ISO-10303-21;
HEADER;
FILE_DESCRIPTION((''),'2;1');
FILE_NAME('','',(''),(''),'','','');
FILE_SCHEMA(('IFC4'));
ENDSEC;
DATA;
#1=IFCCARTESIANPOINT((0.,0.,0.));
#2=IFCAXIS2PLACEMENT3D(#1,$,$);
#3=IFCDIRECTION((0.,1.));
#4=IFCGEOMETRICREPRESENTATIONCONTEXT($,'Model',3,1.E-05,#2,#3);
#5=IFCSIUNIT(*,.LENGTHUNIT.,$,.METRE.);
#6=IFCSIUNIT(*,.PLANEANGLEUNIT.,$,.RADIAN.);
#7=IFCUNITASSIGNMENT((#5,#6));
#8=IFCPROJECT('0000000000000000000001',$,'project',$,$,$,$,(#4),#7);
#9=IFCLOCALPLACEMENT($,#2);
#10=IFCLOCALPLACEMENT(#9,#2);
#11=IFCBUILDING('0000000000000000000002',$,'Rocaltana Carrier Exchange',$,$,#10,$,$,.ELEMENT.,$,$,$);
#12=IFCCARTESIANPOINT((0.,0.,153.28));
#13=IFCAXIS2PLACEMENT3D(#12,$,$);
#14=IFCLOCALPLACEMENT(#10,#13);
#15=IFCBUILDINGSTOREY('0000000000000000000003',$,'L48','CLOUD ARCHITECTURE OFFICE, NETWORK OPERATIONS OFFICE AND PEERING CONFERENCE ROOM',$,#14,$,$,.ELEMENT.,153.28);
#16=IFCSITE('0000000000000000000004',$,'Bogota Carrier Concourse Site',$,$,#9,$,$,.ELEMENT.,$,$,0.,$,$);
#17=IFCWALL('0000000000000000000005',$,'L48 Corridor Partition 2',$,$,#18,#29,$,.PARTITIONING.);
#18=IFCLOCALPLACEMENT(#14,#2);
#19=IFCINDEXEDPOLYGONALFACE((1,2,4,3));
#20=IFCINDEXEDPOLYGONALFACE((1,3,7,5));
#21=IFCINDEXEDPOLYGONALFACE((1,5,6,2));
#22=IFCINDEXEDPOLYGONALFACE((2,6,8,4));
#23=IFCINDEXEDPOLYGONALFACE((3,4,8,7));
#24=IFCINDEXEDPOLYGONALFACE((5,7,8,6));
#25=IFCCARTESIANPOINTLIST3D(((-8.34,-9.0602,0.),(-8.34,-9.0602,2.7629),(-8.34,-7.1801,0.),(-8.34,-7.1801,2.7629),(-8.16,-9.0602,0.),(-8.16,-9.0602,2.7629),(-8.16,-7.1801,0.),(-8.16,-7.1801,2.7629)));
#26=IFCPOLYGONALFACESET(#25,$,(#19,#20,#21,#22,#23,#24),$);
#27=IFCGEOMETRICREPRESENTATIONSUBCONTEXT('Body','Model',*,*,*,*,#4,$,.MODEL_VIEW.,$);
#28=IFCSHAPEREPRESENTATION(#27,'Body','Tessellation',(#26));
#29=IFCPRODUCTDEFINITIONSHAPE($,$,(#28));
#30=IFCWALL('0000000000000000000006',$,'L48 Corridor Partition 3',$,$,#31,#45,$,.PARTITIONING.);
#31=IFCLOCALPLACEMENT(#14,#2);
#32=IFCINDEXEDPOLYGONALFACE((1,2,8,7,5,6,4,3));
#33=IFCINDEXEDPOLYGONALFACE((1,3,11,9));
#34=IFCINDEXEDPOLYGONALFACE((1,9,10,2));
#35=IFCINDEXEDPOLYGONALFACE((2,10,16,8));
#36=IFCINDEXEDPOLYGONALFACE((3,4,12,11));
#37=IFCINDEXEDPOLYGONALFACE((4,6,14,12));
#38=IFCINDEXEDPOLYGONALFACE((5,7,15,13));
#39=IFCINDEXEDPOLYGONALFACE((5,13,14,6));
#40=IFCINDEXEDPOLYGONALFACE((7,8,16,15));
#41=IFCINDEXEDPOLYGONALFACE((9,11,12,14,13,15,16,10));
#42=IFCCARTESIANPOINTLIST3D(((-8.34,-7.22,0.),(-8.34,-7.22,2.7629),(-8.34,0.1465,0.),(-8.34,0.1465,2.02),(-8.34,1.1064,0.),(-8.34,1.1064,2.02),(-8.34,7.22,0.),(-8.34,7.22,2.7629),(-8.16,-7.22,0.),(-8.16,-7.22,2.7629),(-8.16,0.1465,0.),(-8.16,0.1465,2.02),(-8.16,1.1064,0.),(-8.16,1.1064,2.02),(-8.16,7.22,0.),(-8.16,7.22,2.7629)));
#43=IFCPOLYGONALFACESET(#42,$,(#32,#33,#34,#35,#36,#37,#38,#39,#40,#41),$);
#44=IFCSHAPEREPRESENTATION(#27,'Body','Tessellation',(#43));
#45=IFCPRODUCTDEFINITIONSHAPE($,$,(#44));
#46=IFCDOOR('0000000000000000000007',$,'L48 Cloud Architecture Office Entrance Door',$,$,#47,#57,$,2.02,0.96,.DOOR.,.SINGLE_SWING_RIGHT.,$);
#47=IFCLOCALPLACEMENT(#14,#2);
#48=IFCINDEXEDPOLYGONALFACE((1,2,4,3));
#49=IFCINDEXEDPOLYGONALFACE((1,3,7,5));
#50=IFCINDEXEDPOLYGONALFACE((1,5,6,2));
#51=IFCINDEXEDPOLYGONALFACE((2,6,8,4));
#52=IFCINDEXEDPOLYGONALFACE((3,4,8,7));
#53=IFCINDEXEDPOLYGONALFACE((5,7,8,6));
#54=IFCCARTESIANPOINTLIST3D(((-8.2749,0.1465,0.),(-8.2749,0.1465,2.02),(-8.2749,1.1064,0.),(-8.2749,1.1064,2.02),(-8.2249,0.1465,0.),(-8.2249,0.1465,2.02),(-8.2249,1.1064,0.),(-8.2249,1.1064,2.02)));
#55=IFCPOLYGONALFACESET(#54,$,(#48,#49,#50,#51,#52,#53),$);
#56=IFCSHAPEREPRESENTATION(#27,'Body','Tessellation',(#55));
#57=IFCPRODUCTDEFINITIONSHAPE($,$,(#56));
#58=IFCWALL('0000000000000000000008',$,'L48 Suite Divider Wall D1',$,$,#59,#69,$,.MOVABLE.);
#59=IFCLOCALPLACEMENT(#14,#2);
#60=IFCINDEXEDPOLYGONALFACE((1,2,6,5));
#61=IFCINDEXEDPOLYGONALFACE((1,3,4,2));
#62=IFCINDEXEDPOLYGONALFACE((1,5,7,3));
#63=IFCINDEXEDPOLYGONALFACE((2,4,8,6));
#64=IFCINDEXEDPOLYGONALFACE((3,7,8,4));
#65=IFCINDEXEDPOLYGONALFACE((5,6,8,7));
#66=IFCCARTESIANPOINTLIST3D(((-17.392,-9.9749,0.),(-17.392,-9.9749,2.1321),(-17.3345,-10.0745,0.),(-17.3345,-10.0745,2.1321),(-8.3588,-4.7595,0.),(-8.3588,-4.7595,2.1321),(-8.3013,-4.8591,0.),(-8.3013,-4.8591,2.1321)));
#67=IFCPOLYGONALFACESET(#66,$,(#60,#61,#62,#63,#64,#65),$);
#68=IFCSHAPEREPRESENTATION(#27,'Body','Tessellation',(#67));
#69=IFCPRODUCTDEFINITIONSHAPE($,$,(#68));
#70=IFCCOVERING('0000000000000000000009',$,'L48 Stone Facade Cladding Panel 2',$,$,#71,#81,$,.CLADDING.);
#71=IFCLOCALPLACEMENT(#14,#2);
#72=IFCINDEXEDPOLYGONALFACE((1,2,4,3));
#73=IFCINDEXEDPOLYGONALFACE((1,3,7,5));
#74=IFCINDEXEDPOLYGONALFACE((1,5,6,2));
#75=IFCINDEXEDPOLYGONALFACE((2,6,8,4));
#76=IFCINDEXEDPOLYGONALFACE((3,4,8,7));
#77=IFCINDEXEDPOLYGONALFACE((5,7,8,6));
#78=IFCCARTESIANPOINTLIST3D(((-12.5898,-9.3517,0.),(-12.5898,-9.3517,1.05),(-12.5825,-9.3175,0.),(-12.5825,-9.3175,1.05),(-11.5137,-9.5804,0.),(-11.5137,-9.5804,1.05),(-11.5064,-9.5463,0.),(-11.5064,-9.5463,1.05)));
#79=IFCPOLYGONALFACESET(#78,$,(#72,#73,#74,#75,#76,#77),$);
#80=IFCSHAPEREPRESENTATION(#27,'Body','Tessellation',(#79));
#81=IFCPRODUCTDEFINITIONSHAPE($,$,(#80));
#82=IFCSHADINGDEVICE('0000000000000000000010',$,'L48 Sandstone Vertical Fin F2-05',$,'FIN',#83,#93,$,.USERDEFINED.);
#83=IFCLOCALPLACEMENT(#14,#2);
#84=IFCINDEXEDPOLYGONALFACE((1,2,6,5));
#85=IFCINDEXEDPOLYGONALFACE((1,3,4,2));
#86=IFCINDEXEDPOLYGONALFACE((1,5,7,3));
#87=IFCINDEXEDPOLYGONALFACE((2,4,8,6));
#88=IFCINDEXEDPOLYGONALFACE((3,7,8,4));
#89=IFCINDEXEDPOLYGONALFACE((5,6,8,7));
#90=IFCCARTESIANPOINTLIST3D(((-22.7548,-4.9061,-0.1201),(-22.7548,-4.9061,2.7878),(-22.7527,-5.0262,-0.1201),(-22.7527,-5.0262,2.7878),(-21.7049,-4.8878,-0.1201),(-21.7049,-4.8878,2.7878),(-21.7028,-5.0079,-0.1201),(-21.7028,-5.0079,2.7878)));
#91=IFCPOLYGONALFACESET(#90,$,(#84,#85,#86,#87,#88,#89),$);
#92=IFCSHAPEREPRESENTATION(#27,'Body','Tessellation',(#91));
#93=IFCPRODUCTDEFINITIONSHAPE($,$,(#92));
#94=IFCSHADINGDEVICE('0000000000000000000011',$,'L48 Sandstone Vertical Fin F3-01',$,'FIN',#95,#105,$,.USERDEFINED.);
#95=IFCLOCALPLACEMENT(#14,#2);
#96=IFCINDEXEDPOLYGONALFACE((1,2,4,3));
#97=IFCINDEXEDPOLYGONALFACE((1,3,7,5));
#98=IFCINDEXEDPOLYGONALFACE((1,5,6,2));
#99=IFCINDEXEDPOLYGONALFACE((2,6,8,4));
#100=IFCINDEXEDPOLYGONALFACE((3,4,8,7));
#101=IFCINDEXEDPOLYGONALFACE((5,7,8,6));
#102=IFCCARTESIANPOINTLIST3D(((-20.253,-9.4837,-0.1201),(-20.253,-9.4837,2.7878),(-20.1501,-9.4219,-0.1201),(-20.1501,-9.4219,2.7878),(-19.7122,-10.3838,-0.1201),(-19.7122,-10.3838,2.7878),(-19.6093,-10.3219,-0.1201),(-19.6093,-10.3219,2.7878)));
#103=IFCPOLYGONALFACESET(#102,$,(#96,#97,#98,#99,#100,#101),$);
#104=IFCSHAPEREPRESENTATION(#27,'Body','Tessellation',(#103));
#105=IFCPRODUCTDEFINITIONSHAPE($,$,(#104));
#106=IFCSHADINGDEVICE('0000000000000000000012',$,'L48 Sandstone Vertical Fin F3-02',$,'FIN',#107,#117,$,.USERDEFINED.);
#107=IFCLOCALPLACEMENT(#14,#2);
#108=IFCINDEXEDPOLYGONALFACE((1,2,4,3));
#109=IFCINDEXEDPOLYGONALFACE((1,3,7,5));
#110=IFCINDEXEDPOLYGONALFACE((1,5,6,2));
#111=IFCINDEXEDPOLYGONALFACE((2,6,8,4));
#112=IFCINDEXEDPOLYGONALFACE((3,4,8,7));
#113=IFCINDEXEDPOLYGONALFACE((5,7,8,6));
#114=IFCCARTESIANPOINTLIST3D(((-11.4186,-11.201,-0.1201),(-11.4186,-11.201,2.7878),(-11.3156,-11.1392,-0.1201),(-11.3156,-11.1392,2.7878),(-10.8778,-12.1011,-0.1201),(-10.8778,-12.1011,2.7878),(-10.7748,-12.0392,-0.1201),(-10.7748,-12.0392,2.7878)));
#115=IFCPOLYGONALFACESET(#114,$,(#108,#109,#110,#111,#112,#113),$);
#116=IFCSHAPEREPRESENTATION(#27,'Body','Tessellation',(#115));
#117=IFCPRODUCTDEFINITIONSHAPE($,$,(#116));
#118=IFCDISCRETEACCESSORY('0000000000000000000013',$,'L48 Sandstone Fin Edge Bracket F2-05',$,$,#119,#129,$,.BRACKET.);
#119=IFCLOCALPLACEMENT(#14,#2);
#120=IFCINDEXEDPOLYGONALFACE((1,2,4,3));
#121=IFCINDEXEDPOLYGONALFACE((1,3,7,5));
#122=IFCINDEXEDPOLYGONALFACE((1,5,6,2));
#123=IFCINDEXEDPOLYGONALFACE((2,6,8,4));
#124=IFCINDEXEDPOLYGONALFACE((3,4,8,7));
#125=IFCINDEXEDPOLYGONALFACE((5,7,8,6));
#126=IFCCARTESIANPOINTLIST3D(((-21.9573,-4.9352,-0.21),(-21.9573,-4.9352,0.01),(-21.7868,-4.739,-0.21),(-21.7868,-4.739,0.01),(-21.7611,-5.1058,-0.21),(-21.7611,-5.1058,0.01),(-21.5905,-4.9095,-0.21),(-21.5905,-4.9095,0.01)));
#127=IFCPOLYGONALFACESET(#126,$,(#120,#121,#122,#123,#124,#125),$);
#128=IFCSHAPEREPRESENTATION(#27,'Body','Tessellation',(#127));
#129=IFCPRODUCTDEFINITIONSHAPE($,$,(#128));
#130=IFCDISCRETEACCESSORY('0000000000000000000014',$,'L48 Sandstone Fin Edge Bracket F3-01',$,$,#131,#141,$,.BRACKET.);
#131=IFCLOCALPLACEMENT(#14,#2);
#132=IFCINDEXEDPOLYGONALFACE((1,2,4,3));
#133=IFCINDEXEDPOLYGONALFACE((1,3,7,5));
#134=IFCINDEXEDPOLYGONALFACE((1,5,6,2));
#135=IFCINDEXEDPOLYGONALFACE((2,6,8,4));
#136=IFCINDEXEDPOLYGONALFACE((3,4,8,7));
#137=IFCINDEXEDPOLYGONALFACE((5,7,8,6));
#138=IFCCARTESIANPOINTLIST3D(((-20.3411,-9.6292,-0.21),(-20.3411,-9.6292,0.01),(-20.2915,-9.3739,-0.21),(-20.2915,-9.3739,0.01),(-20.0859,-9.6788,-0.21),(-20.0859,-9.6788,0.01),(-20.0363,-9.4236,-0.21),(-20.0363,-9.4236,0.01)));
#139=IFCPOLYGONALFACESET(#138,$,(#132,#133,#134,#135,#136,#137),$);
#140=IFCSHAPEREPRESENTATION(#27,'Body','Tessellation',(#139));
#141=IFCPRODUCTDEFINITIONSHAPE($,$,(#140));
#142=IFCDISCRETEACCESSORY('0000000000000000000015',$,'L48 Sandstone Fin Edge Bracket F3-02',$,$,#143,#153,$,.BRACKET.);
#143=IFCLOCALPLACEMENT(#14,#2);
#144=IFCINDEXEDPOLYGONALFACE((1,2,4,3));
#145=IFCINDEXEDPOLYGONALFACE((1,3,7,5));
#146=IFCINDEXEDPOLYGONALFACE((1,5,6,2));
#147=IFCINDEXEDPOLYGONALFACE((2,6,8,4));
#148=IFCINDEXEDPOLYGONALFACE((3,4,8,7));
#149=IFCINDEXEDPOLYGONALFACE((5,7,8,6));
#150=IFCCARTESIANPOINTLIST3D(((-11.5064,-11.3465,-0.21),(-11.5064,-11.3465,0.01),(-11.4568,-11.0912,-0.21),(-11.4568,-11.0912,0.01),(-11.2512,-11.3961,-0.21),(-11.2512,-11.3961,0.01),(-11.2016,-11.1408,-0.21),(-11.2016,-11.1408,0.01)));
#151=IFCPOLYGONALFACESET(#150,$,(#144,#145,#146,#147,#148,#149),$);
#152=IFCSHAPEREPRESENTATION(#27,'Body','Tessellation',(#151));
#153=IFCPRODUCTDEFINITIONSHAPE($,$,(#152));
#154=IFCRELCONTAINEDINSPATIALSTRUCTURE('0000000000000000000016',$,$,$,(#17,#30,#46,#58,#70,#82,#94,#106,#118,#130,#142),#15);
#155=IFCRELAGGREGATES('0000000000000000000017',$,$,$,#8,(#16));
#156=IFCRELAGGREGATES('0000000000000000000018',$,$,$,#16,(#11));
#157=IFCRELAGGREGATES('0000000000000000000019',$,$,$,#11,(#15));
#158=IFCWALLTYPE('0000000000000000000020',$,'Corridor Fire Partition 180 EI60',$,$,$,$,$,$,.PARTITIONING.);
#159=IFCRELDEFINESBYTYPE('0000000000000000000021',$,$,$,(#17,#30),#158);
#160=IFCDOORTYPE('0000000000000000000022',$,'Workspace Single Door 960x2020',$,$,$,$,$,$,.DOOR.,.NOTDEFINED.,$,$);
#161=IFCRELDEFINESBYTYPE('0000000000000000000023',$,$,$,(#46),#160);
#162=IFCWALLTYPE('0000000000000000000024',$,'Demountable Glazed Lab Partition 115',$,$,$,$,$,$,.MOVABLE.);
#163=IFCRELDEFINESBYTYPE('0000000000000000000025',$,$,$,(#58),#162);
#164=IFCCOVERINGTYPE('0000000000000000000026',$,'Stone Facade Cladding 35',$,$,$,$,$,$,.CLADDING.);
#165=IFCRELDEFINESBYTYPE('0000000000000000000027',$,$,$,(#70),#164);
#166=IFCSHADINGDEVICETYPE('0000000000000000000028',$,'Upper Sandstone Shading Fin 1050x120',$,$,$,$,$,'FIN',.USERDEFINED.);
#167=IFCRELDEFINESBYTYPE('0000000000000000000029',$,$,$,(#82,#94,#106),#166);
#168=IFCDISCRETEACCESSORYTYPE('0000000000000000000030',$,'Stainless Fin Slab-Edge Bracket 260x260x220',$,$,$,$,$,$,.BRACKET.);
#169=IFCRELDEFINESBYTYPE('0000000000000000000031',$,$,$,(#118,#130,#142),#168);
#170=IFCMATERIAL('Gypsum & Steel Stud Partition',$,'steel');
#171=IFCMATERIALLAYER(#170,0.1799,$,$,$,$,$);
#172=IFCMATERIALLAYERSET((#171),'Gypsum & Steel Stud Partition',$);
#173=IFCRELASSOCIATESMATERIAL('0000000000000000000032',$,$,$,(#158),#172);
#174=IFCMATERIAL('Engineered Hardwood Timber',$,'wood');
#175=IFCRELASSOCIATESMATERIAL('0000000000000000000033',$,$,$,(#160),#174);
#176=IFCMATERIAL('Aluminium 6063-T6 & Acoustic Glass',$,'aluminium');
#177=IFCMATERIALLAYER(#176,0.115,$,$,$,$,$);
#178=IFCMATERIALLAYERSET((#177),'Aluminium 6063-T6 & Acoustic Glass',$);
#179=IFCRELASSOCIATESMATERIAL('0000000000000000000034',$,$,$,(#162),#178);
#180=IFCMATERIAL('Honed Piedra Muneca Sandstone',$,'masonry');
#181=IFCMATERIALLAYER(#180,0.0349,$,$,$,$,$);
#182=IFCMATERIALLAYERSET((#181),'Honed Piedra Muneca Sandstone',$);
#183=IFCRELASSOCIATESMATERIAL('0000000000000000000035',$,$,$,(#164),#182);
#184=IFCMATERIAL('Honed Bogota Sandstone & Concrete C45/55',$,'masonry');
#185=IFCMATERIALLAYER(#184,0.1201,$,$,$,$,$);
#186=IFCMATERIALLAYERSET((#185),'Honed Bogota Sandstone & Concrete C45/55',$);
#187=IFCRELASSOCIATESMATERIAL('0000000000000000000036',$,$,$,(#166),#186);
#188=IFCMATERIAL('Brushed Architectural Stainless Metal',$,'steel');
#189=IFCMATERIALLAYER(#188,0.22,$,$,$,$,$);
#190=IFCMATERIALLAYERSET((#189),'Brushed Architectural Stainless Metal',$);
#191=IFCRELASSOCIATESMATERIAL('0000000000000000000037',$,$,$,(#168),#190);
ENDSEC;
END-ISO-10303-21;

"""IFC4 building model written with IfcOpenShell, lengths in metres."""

from ifc_helpers import new_model, si_unit, direction, frame, frame_2d, origin, origin_2d, place, context, subcontext, project, spatial, rectangle, extrude, material, layer, layer_set, type_object, element, fill, save


model = new_model("IFC4")

# Units and contexts
model_context = context("Model", 3, precision=1e-05, world=origin(), true_north=direction((0.0, 1.0)))
body_context = subcontext(model_context, "Body", "Model", "MODEL_VIEW")
ifc_project = project(units=[si_unit("LENGTHUNIT", "METRE"), si_unit("PLANEANGLEUNIT", "RADIAN")], contexts=[model_context])

# Site, building, storey
site_placement = place(None, origin())
site = spatial("IfcSite", under=ifc_project, at=site_placement, Name="Bogota Carrier Concourse Site", CompositionType="ELEMENT", RefElevation=0.0)
building_placement = place(site_placement, origin())
building = spatial("IfcBuilding", under=site, at=building_placement, Name="Rocaltana Carrier Exchange", CompositionType="ELEMENT")
storey_placement = place(building_placement, frame((0.0, 0.0, 153.28)))
storey = spatial("IfcBuildingStorey", under=building, at=storey_placement, Name="L48", Description="CLOUD ARCHITECTURE OFFICE, NETWORK OPERATIONS OFFICE AND PEERING CONFERENCE ROOM", CompositionType="ELEMENT", Elevation=153.28)

# Wall
ifc_material_1 = material(Name="Gypsum & Steel Stud Partition", Category="steel")
ifc_layer_1 = layer(ifc_material_1, 0.1799)
ifc_layer_set_1 = layer_set([ifc_layer_1], Name="Gypsum & Steel Stud Partition")
wall_type_1 = type_object("IfcWallType", Name="Corridor Fire Partition 180 EI60", PredefinedType="PARTITIONING", material=ifc_layer_set_1)
wall_1_placement = place(storey_placement, frame((-8.25, -9.0601, 0.0), z_axis=(0.0, 0.0, 1.0), x_axis=(0.0, 1.0, 0.0)))
element("IfcWall", 1, at=wall_1_placement, inside=storey, type_object=wall_type_1, Name="L48 Corridor Partition 2", PredefinedType="PARTITIONING", context=body_context, shape_type="SweptSolid", body=[
    extrude(rectangle(XDim=1.8801, YDim=0.1799, at=frame_2d((0.9399, 0.0))), origin(), (0.0, 0.0, 1.0), 2.7629),
])

# Wall, opening, door
wall_2_placement = place(storey_placement, frame((-8.25, -7.22, 0.0), z_axis=(0.0, 0.0, 1.0), x_axis=(0.0, 1.0, 0.0)))
wall_2 = element("IfcWall", 2, at=wall_2_placement, inside=storey, type_object=wall_type_1, Name="L48 Corridor Partition 3", PredefinedType="PARTITIONING", context=body_context, shape_type="SweptSolid", body=[
    extrude(rectangle(XDim=14.4399, YDim=0.1799, at=frame_2d((7.22, 0.0))), origin(), (0.0, 0.0, 1.0), 2.7629),
])
opening_placement = place(wall_2_placement, frame((7.3665, 0.0, 0.0)))
opening = element("IfcOpeningElement", 3, at=opening_placement, cuts=wall_2, PredefinedType="OPENING", context=body_context, shape_type="SweptSolid", body=[
    extrude(rectangle(XDim=0.96, YDim=2.02, at=frame_2d((0.48, 1.01))), frame((0.0, 0.0999, 0.0), z_axis=(0.0, -1.0, 0.0), x_axis=(1.0, 0.0, 0.0)), (0.0, 0.0, 1.0), 0.2),
])
ifc_material_2 = material(Name="Engineered Hardwood Timber", Category="wood")
door_type = type_object("IfcDoorType", Name="Workspace Single Door 960x2020", OperationType="NOTDEFINED", PredefinedType="DOOR", material=ifc_material_2)
door_placement = place(opening_placement, origin())
door = element("IfcDoor", 4, at=door_placement, inside=storey, type_object=door_type, Name="L48 Cloud Architecture Office Entrance Door", OperationType="SINGLE_SWING_RIGHT", OverallHeight=2.02, OverallWidth=0.96, PredefinedType="DOOR", context=body_context, shape_type="SweptSolid", body=[
    extrude(rectangle(XDim=0.96, YDim=2.02, at=frame_2d((0.48, 1.01))), frame((0.0, 0.0249, 0.0), z_axis=(0.0, -1.0, 0.0), x_axis=(1.0, 0.0, 0.0)), (0.0, 0.0, 1.0), 0.05),
])
fill(opening, door)

# Wall
ifc_material_3 = material(Name="Aluminium 6063-T6 & Acoustic Glass", Category="aluminium")
ifc_layer_2 = layer(ifc_material_3, 0.115)
ifc_layer_set_2 = layer_set([ifc_layer_2], Name="Aluminium 6063-T6 & Acoustic Glass")
wall_type_2 = type_object("IfcWallType", Name="Demountable Glazed Lab Partition 115", PredefinedType="MOVABLE", material=ifc_layer_set_2)
wall_3_placement = place(storey_placement, frame((-8.3301, -4.8093, 0.0), z_axis=(0.0, 0.0, 1.0), x_axis=(-0.866025, -0.500001, 0.0)))
element("IfcWall", 5, at=wall_3_placement, inside=storey, type_object=wall_type_2, Name="L48 Suite Divider Wall D1", PredefinedType="MOVABLE", context=body_context, shape_type="SweptSolid", body=[
    extrude(rectangle(XDim=10.4307, YDim=0.115, at=frame_2d((5.2153, 0.0))), origin(), (0.0, 0.0, 1.0), 2.1321),
])

# Covering
ifc_material_4 = material(Name="Honed Piedra Muneca Sandstone", Category="masonry")
ifc_layer_3 = layer(ifc_material_4, 0.0349)
ifc_layer_set_3 = layer_set([ifc_layer_3], Name="Honed Piedra Muneca Sandstone")
covering_type = type_object("IfcCoveringType", Name="Stone Facade Cladding 35", PredefinedType="CLADDING", material=ifc_layer_set_3)
covering_placement = place(storey_placement, frame((-12.0481, -9.449, 0.0), z_axis=(0.0, 0.0, 1.0), x_axis=(-0.978148, 0.207912, 0.0)))
element("IfcCovering", 6, at=covering_placement, inside=storey, type_object=covering_type, Name="L48 Stone Facade Cladding Panel 2", PredefinedType="CLADDING", context=body_context, shape_type="SweptSolid", body=[
    extrude(rectangle(XDim=1.1001, YDim=0.0349, at=origin_2d()), origin(), (0.0, 0.0, 1.0), 1.05),
])

# Shading devices
ifc_material_5 = material(Name="Honed Bogota Sandstone & Concrete C45/55", Category="masonry")
ifc_layer_4 = layer(ifc_material_5, 0.1201)
ifc_layer_set_4 = layer_set([ifc_layer_4], Name="Honed Bogota Sandstone & Concrete C45/55")
shading_device_type = type_object("IfcShadingDeviceType", Name="Upper Sandstone Shading Fin 1050x120", ElementType="FIN", PredefinedType="USERDEFINED", material=ifc_layer_set_4)
for number, where, z_axis, x_axis, name in (
    (7, (-22.2288, -4.957, -0.1201), (0.0, 0.0, 1.0), (-0.999848, -0.017452, 0.0), "L48 Sandstone Vertical Fin F2-05"),
    (8, (-19.9312, -9.9028, -0.1201), (0.0, 0.0, 1.0), (0.515038, -0.857167, 0.0), "L48 Sandstone Vertical Fin F3-01"),
    (9, (-11.0967, -11.6201, -0.1201), (0.0, 0.0, 1.0), (0.515038, -0.857167, 0.0), "L48 Sandstone Vertical Fin F3-02"),
):
    element("IfcShadingDevice", number, at=place(storey_placement, frame(where, z_axis=z_axis, x_axis=x_axis)), inside=storey, type_object=shading_device_type, Name=name, ObjectType="FIN", PredefinedType="USERDEFINED", context=body_context, shape_type="SweptSolid", body=[
        extrude(rectangle(XDim=1.05, YDim=0.1201, at=origin_2d()), origin(), (0.0, 0.0, 1.0), 2.908),
    ])

# Discrete accessories
ifc_material_6 = material(Name="Brushed Architectural Stainless Metal", Category="steel")
ifc_layer_5 = layer(ifc_material_6, 0.22)
ifc_layer_set_5 = layer_set([ifc_layer_5], Name="Brushed Architectural Stainless Metal")
discrete_accessory_type = type_object("IfcDiscreteAccessoryType", Name="Stainless Fin Slab-Edge Bracket 260x260x220", PredefinedType="BRACKET", material=ifc_layer_set_5)
for number, where, z_axis, x_axis, name in (
    (10, (-21.7739, -4.9224, -0.21), (0.0, 0.0, 1.0), (-0.656059, -0.75471, 0.0), "L48 Sandstone Fin Edge Bracket F2-05"),
    (11, (-20.1887, -9.5264, -0.21), (0.0, 0.0, 1.0), (0.981627, -0.190809, 0.0), "L48 Sandstone Fin Edge Bracket F3-01"),
    (12, (-11.354, -11.2437, -0.21), (0.0, 0.0, 1.0), (0.981627, -0.190809, 0.0), "L48 Sandstone Fin Edge Bracket F3-02"),
):
    element("IfcDiscreteAccessory", number, at=place(storey_placement, frame(where, z_axis=z_axis, x_axis=x_axis)), inside=storey, type_object=discrete_accessory_type, Name=name, PredefinedType="BRACKET", context=body_context, shape_type="SweptSolid", body=[
        extrude(rectangle(XDim=0.26, YDim=0.26, at=origin_2d()), origin(), (0.0, 0.0, 1.0), 0.22),
    ])

save(model, "model.ifc")
